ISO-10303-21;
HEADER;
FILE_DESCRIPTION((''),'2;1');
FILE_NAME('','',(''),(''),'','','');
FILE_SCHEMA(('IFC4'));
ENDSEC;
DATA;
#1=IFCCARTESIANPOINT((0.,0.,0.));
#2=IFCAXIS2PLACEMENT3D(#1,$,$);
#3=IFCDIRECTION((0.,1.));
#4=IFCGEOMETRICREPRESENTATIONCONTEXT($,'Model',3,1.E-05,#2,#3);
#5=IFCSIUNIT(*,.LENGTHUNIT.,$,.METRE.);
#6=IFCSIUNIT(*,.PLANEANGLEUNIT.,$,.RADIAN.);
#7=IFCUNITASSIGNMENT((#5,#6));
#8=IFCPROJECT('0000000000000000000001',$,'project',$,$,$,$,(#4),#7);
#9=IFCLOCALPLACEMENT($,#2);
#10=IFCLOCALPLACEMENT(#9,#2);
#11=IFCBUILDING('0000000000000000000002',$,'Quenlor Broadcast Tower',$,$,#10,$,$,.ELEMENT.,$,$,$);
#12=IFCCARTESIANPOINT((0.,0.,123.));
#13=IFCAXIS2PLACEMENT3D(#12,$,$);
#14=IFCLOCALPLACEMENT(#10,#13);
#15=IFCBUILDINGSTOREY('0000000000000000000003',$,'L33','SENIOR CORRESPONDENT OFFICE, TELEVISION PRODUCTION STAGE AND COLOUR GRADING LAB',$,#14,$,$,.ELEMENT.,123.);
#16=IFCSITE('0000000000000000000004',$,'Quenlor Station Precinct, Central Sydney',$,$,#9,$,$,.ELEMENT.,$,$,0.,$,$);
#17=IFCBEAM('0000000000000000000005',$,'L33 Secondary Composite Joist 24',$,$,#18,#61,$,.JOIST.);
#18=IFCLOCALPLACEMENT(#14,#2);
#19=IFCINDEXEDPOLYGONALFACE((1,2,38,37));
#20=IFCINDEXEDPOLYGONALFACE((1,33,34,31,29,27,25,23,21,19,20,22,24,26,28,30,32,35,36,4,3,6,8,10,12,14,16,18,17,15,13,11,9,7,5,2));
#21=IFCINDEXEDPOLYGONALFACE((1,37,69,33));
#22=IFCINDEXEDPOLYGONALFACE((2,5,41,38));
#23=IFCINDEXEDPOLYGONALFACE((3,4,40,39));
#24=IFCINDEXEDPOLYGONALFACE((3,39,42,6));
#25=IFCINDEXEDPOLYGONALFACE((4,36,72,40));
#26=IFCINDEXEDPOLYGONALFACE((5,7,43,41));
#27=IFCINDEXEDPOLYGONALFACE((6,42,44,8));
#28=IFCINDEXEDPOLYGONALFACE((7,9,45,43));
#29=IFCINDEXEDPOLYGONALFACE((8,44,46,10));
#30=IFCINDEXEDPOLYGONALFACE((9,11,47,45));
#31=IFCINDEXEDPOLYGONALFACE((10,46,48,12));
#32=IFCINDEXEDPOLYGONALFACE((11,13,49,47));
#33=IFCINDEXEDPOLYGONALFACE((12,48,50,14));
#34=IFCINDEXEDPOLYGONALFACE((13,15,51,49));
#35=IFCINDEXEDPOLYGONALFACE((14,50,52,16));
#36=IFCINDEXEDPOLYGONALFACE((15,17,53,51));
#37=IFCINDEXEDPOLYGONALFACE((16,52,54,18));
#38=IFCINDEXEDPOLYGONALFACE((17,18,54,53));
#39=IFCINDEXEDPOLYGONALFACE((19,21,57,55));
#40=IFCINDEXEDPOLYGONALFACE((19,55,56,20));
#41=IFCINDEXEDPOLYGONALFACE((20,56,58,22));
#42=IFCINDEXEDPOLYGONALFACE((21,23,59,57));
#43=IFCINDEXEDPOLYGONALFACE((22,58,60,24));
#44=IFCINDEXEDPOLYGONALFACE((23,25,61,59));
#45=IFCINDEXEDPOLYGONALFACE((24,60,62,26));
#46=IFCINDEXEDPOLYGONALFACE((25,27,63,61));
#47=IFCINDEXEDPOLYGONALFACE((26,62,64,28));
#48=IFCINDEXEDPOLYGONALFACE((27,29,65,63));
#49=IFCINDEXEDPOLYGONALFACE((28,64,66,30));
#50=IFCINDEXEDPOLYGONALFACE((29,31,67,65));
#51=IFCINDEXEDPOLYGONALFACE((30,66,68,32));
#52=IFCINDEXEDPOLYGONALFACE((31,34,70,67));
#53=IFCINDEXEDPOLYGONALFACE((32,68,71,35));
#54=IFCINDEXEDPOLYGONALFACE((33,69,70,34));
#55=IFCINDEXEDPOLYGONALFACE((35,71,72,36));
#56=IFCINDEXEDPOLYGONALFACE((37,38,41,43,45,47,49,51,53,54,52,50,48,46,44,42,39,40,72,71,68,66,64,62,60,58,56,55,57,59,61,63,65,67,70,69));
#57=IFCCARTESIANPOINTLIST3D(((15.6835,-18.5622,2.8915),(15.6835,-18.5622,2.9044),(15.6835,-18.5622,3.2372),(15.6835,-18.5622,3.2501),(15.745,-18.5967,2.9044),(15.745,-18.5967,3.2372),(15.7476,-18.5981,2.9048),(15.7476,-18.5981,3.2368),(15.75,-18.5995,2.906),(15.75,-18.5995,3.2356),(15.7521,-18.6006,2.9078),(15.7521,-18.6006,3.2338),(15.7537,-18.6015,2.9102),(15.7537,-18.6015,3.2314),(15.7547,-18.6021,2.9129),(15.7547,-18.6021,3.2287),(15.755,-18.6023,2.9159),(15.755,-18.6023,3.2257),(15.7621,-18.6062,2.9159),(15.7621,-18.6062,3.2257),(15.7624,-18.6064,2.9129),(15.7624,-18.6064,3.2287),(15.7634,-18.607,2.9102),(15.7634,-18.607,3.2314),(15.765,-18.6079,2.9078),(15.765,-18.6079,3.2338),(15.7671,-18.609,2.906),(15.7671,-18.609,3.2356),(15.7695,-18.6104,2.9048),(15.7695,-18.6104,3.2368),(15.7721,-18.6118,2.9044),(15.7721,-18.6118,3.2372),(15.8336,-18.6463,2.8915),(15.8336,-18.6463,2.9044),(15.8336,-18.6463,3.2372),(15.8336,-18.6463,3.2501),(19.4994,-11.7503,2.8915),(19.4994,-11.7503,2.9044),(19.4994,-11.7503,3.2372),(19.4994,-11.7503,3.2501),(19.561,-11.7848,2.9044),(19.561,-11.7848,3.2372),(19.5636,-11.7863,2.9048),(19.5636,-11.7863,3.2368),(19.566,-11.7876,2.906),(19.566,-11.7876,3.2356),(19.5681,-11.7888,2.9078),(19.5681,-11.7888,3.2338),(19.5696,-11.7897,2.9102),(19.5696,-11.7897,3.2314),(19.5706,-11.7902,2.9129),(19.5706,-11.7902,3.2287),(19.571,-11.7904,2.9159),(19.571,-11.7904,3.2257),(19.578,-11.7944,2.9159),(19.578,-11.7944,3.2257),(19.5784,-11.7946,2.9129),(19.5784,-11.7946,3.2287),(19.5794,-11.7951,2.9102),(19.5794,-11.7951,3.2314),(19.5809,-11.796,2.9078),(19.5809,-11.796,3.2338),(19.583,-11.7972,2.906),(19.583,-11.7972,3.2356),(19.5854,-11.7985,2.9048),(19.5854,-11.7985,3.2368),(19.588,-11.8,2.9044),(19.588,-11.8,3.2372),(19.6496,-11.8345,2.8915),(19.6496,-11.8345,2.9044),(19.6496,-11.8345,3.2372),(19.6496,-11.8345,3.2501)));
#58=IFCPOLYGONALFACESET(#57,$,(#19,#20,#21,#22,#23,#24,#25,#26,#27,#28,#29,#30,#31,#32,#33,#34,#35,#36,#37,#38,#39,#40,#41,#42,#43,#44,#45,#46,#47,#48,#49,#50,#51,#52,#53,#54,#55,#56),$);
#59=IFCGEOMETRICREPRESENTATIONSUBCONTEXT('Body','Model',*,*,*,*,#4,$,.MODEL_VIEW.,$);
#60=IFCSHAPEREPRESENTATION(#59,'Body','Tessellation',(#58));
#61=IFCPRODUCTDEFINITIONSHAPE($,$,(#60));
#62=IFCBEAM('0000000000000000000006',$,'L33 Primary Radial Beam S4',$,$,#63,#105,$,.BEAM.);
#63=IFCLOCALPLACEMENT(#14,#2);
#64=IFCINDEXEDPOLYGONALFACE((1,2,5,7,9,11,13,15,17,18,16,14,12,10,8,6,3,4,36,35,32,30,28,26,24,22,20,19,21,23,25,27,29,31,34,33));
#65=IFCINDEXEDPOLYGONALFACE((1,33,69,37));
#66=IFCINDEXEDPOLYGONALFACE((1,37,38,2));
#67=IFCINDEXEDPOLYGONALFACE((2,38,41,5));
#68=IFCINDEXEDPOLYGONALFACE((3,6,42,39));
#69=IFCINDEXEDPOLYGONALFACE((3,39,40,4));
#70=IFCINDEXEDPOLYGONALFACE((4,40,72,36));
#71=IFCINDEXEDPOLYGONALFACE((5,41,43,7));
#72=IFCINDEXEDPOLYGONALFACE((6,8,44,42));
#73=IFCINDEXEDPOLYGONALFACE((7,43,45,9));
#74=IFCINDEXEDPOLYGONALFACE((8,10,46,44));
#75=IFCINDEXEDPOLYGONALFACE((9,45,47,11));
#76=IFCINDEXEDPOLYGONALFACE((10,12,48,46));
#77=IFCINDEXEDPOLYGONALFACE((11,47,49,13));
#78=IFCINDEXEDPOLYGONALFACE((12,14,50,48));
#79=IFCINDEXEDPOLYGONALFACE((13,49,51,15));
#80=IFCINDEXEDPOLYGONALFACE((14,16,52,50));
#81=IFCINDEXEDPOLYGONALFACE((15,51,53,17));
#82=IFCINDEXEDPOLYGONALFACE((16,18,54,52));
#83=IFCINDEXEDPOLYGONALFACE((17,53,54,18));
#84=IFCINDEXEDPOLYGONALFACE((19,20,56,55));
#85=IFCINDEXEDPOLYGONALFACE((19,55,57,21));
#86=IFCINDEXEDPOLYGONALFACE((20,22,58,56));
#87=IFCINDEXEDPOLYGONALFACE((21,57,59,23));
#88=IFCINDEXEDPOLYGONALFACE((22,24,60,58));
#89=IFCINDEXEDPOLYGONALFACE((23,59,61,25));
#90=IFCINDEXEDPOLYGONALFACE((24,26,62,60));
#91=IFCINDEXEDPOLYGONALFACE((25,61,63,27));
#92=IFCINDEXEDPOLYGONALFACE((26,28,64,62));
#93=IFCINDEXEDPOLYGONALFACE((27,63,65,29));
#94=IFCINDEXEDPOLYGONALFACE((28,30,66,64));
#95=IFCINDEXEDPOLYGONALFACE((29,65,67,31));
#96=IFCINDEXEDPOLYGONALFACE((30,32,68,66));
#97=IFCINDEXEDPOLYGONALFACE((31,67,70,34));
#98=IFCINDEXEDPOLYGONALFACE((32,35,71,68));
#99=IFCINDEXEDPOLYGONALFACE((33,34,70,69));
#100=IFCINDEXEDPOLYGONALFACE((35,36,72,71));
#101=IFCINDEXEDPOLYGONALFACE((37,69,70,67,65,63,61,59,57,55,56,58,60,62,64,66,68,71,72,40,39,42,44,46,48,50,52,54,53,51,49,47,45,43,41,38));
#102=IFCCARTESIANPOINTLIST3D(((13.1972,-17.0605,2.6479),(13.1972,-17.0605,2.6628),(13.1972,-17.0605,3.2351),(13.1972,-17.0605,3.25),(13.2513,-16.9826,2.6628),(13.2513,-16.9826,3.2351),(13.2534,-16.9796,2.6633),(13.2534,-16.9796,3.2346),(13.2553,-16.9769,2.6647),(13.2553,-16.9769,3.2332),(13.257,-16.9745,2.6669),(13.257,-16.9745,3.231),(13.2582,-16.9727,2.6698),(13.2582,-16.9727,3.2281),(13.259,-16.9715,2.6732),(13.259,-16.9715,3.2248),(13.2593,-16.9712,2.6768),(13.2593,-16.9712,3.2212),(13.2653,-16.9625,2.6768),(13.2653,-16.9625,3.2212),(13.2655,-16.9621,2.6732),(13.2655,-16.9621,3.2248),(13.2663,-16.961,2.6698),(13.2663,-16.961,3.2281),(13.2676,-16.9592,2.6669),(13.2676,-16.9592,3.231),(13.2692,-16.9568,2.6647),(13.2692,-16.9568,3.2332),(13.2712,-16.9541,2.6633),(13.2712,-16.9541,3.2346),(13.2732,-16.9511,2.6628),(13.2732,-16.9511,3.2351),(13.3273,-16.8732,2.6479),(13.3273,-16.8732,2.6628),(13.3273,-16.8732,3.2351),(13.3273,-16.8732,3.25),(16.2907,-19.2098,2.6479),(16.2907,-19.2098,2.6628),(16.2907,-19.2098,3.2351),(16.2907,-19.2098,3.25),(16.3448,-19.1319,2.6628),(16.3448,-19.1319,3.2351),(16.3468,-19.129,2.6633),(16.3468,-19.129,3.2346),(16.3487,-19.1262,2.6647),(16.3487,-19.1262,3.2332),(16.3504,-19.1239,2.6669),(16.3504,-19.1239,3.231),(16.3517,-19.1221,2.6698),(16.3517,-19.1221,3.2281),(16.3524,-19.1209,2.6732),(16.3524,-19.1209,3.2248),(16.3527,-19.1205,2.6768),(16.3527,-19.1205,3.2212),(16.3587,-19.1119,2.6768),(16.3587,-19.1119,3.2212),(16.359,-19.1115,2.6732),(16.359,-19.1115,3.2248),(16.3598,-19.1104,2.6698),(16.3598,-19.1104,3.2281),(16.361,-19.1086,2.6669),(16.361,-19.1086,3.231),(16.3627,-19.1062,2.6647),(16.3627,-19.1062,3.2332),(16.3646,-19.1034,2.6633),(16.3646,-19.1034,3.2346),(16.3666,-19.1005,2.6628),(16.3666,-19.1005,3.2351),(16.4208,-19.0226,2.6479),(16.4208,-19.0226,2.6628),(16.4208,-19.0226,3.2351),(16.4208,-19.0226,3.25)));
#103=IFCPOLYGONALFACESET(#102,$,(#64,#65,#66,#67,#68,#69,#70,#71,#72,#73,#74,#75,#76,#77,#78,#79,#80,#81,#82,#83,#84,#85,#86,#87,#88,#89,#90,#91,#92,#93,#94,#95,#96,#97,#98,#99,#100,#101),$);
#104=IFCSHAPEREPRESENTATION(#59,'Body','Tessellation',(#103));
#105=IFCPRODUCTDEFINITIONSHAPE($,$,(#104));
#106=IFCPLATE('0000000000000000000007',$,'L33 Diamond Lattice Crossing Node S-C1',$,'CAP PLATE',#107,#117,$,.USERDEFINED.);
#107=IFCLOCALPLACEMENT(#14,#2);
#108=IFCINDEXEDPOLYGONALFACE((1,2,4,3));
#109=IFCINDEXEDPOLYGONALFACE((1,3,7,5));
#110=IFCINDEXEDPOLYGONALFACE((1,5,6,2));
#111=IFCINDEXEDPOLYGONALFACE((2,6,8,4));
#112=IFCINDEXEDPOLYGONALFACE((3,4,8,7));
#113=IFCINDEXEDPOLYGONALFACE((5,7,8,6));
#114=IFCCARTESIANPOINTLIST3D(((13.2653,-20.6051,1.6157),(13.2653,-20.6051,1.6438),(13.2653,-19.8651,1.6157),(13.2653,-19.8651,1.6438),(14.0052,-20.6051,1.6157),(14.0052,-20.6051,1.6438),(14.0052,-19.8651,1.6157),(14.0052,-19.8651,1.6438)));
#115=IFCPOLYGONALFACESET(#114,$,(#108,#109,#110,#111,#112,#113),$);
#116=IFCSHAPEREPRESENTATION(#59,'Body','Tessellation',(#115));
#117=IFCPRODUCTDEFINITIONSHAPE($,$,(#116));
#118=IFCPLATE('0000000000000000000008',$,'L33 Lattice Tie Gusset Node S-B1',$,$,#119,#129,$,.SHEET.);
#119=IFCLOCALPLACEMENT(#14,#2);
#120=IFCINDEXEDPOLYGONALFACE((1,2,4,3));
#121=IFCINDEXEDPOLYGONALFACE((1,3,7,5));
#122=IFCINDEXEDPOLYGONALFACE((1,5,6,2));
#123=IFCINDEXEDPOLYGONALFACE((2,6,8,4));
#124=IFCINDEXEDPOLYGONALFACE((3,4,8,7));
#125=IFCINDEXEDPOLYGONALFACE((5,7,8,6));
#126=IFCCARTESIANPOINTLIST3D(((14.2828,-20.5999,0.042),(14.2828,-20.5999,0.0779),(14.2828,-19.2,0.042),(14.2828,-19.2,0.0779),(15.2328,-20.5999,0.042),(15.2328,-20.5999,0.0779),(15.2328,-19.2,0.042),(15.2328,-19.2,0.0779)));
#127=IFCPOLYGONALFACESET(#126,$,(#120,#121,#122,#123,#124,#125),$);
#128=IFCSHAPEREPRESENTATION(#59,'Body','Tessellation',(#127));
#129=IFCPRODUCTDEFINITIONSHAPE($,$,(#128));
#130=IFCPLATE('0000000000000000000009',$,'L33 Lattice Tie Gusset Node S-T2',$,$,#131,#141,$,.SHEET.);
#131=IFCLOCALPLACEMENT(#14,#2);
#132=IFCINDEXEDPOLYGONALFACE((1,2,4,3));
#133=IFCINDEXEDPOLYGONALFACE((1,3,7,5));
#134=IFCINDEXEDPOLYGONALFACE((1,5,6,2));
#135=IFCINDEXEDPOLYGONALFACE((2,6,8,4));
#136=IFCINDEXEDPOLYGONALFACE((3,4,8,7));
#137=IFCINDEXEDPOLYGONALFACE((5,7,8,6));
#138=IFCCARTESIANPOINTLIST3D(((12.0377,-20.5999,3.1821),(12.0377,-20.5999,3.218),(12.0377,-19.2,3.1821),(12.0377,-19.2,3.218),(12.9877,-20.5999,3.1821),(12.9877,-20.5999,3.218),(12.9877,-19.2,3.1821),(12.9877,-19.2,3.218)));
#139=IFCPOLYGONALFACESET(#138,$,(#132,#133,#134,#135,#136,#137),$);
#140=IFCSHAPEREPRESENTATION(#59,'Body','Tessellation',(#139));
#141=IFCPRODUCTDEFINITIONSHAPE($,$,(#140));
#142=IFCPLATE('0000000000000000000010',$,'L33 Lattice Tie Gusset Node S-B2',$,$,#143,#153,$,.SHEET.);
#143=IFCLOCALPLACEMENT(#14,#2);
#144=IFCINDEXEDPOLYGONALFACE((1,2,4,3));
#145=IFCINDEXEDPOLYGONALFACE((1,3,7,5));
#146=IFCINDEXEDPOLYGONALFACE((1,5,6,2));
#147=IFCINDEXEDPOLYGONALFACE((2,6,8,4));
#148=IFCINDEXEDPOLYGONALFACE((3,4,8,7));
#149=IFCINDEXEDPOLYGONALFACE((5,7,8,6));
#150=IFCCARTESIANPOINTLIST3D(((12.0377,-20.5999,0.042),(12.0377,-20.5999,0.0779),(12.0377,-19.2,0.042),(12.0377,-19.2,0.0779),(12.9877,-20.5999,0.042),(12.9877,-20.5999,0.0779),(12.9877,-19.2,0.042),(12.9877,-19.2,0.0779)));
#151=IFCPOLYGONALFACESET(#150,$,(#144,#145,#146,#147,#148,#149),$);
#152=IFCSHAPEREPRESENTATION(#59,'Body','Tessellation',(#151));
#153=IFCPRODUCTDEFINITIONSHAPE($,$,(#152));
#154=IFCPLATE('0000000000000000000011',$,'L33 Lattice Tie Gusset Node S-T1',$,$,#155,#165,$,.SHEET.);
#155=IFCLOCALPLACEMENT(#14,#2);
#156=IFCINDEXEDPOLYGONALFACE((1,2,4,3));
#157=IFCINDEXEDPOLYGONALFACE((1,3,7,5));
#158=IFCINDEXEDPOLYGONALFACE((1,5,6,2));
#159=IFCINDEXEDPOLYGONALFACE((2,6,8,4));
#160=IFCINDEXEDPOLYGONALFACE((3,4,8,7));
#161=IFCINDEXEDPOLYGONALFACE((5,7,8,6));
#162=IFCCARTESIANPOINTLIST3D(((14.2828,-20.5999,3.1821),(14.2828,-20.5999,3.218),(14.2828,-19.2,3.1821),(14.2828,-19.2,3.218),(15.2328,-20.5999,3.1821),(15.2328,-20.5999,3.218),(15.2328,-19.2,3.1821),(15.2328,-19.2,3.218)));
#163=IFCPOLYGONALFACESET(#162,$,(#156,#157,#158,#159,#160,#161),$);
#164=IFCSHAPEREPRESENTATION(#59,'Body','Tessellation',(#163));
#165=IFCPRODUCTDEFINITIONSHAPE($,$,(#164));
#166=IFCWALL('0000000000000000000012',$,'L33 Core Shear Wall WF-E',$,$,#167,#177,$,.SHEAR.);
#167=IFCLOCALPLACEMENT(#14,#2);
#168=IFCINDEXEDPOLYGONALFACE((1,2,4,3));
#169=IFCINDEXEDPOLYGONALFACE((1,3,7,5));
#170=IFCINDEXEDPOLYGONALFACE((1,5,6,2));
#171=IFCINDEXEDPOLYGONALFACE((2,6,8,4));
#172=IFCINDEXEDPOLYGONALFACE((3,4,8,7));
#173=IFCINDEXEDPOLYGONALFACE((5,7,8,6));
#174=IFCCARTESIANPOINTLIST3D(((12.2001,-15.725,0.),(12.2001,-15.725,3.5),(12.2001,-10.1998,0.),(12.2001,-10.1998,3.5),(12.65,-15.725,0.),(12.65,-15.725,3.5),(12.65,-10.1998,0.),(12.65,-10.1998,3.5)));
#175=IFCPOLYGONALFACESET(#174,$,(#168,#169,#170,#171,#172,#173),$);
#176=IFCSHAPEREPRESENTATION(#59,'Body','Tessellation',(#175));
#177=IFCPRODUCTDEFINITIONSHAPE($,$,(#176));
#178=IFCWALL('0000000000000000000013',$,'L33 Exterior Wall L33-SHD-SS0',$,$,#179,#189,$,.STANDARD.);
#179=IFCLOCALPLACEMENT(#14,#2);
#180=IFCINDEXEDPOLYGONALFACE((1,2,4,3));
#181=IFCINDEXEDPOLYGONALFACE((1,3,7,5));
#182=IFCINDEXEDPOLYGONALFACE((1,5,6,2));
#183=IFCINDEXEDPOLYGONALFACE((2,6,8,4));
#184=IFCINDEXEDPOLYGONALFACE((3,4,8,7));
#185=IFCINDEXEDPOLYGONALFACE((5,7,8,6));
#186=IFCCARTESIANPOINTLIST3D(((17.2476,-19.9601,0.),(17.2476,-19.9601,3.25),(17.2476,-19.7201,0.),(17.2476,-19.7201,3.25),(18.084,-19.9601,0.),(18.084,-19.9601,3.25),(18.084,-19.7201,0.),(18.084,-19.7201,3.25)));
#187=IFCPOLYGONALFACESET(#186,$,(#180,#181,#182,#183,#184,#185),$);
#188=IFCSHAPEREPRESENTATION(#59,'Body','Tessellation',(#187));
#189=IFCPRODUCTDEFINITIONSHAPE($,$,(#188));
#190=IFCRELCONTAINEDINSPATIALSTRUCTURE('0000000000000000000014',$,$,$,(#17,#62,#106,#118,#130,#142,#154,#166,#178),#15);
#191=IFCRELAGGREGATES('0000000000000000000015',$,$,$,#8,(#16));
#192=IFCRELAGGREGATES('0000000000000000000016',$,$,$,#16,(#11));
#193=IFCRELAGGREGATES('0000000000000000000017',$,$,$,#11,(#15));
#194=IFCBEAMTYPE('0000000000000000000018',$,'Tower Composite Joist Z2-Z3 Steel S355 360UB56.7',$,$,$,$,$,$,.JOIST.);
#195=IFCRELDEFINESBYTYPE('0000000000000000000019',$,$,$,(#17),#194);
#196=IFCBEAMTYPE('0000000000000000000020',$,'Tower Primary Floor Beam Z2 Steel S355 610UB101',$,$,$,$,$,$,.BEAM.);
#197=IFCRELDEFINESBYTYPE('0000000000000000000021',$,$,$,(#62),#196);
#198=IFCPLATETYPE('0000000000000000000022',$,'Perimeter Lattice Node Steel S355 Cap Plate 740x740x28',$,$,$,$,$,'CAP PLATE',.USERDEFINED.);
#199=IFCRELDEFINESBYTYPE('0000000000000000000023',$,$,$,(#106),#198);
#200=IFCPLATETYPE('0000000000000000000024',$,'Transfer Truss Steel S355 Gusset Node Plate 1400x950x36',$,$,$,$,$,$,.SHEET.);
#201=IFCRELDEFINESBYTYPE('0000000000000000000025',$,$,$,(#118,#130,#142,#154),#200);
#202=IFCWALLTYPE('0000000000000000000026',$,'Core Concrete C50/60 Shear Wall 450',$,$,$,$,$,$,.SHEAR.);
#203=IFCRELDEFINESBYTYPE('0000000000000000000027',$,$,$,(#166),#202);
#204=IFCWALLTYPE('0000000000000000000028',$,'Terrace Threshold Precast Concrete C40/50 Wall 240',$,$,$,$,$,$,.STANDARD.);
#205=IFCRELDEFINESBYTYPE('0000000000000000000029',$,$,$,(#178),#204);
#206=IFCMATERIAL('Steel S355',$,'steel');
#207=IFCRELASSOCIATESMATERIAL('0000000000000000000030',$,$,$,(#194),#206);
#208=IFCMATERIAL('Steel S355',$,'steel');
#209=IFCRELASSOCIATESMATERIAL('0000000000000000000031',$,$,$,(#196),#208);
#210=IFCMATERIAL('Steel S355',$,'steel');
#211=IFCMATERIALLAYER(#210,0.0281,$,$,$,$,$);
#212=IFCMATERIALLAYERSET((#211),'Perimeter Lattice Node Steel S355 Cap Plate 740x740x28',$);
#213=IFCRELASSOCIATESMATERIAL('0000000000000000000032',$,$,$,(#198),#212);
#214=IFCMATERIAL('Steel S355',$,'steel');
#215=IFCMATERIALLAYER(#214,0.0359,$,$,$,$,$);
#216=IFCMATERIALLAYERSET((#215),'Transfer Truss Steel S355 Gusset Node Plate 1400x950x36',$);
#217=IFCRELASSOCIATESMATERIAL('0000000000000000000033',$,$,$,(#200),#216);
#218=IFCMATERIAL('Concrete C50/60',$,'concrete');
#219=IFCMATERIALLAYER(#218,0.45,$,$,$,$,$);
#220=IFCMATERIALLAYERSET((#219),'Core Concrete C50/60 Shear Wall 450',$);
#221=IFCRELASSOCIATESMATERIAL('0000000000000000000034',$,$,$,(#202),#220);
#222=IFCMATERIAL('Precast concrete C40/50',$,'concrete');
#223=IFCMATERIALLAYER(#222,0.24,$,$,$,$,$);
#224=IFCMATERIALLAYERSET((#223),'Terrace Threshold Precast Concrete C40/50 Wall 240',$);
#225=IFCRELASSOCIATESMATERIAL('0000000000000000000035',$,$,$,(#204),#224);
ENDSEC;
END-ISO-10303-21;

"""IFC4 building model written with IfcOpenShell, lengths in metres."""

from ifc_helpers import new_model, si_unit, direction, frame, frame_2d, origin, origin_2d, place, context, subcontext, project, spatial, rectangle, i_section, extrude, material, layer, layer_set, material_profile, profile_set, type_object, element, save


model = new_model("IFC4")

# Units and contexts
model_context = context("Model", 3, precision=1e-05, world=origin(), true_north=direction((0.0, 1.0)))
body_context = subcontext(model_context, "Body", "Model", "MODEL_VIEW")
ifc_project = project(units=[si_unit("LENGTHUNIT", "METRE"), si_unit("PLANEANGLEUNIT", "RADIAN")], contexts=[model_context])

# Site, building, storey
site_placement = place(None, origin())
site = spatial("IfcSite", under=ifc_project, at=site_placement, Name="Quenlor Station Precinct, Central Sydney", CompositionType="ELEMENT", RefElevation=0.0)
building_placement = place(site_placement, origin())
building = spatial("IfcBuilding", under=site, at=building_placement, Name="Quenlor Broadcast Tower", CompositionType="ELEMENT")
storey_placement = place(building_placement, frame((0.0, 0.0, 123.0)))
storey = spatial("IfcBuildingStorey", under=building, at=storey_placement, Name="L33", Description="SENIOR CORRESPONDENT OFFICE, TELEVISION PRODUCTION STAGE AND COLOUR GRADING LAB", CompositionType="ELEMENT", Elevation=123.0)

# Beams
ifc_material_1 = material(Name="Steel S355", Category="steel")
ifc_material_profile_1 = material_profile(ifc_material_1, i_section(OverallWidth=0.1721, OverallDepth=0.3586, WebThickness=0.0081, FlangeThickness=0.0129, FilletRadius=0.0115, at=origin_2d()))
ifc_profile_set_1 = profile_set([ifc_material_profile_1], Name="Steel S355 360UB56.7")
beam_type_1 = type_object("IfcBeamType", Name="Tower Composite Joist Z2-Z3 Steel S355 360UB56.7", PredefinedType="JOIST", material=ifc_profile_set_1)
beam_1_placement = place(storey_placement, frame((15.7585, -18.6042, 3.0708), z_axis=(0.488733, 0.872433, 0.0), x_axis=(-0.872433, 0.488733, 0.0)))
element("IfcBeam", 1, at=beam_1_placement, inside=storey, type_object=beam_type_1, Name="L33 Secondary Composite Joist 24", PredefinedType="JOIST", context=body_context, shape_type="SweptSolid", body=[
    extrude(i_section(OverallWidth=0.1721, OverallDepth=0.3586, WebThickness=0.0081, FlangeThickness=0.0129, FilletRadius=0.0115, at=origin_2d()), origin(), (0.0, 0.0, 1.0), 7.8079),
])
ifc_material_2 = material(Name="Steel S355", Category="steel")
ifc_material_profile_2 = material_profile(ifc_material_2, i_section(OverallWidth=0.228, OverallDepth=0.6021, WebThickness=0.0105, FlangeThickness=0.0149, FilletRadius=0.0139, at=origin_2d()))
ifc_profile_set_2 = profile_set([ifc_material_profile_2], Name="Steel S355 610UB101")
beam_type_2 = type_object("IfcBeamType", Name="Tower Primary Floor Beam Z2 Steel S355 610UB101", PredefinedType="BEAM", material=ifc_profile_set_2)
beam_2_placement = place(storey_placement, frame((16.3557, -19.1162, 2.949), z_axis=(-0.821227, 0.570601, 0.0), x_axis=(-0.570601, -0.821227, 0.0)))
element("IfcBeam", 2, at=beam_2_placement, inside=storey, type_object=beam_type_2, Name="L33 Primary Radial Beam S4", PredefinedType="BEAM", context=body_context, shape_type="SweptSolid", body=[
    extrude(i_section(OverallWidth=0.228, OverallDepth=0.6021, WebThickness=0.0105, FlangeThickness=0.0149, FilletRadius=0.0139, at=origin_2d()), origin(), (0.0, 0.0, 1.0), 3.7668),
])

# Plates
ifc_material_3 = material(Name="Steel S355", Category="steel")
ifc_layer_1 = layer(ifc_material_3, 0.0281)
ifc_layer_set_1 = layer_set([ifc_layer_1], Name="Perimeter Lattice Node Steel S355 Cap Plate 740x740x28")
plate_type_1 = type_object("IfcPlateType", Name="Perimeter Lattice Node Steel S355 Cap Plate 740x740x28", ElementType="CAP PLATE", PredefinedType="USERDEFINED", material=ifc_layer_set_1)
plate_placement = place(storey_placement, frame((13.6353, -20.2351, 1.6157), z_axis=(0.0, 0.0, 1.0), x_axis=(-1.0, 0.0, 0.0)))
element("IfcPlate", 3, at=plate_placement, inside=storey, type_object=plate_type_1, Name="L33 Diamond Lattice Crossing Node S-C1", ObjectType="CAP PLATE", PredefinedType="USERDEFINED", context=body_context, shape_type="SweptSolid", body=[
    extrude(rectangle(XDim=0.74, YDim=0.74, at=origin_2d()), origin(), (0.0, 0.0, 1.0), 0.0281),
])
ifc_material_4 = material(Name="Steel S355", Category="steel")
ifc_layer_2 = layer(ifc_material_4, 0.0359)
ifc_layer_set_2 = layer_set([ifc_layer_2], Name="Transfer Truss Steel S355 Gusset Node Plate 1400x950x36")
plate_type_2 = type_object("IfcPlateType", Name="Transfer Truss Steel S355 Gusset Node Plate 1400x950x36", PredefinedType="SHEET", material=ifc_layer_set_2)
for number, where, z_axis, x_axis, name in (
    (4, (14.7578, -19.8999, 0.042), (0.0, 0.0, 1.0), (0.0, -1.0, 0.0), "L33 Lattice Tie Gusset Node S-B1"),
    (5, (12.5127, -19.8999, 3.1821), (0.0, 0.0, 1.0), (0.0, -1.0, 0.0), "L33 Lattice Tie Gusset Node S-T2"),
    (6, (12.5127, -19.8999, 0.042), (0.0, 0.0, 1.0), (0.0, -1.0, 0.0), "L33 Lattice Tie Gusset Node S-B2"),
    (7, (14.7578, -19.8999, 3.1821), (0.0, 0.0, 1.0), (0.0, -1.0, 0.0), "L33 Lattice Tie Gusset Node S-T1"),
):
    element("IfcPlate", number, at=place(storey_placement, frame(where, z_axis=z_axis, x_axis=x_axis)), inside=storey, type_object=plate_type_2, Name=name, PredefinedType="SHEET", context=body_context, shape_type="SweptSolid", body=[
        extrude(rectangle(XDim=1.3999, YDim=0.95, at=origin_2d()), origin(), (0.0, 0.0, 1.0), 0.0359),
    ])

# Walls
ifc_material_5 = material(Name="Concrete C50/60", Category="concrete")
ifc_layer_3 = layer(ifc_material_5, 0.45)
ifc_layer_set_3 = layer_set([ifc_layer_3], Name="Core Concrete C50/60 Shear Wall 450")
wall_type_1 = type_object("IfcWallType", Name="Core Concrete C50/60 Shear Wall 450", PredefinedType="SHEAR", material=ifc_layer_set_3)
wall_1_placement = place(storey_placement, frame((12.425, -15.7251, 0.0), z_axis=(0.0, 0.0, 1.0), x_axis=(0.0, 1.0, 0.0)))
element("IfcWall", 8, at=wall_1_placement, inside=storey, type_object=wall_type_1, Name="L33 Core Shear Wall WF-E", PredefinedType="SHEAR", context=body_context, shape_type="SweptSolid", body=[
    extrude(rectangle(XDim=5.5251, YDim=0.45, at=frame_2d((2.7627, 0.0))), origin(), (0.0, 0.0, 1.0), 3.5),
])
ifc_material_6 = material(Name="Precast concrete C40/50", Category="concrete")
ifc_layer_4 = layer(ifc_material_6, 0.24)
ifc_layer_set_4 = layer_set([ifc_layer_4], Name="Terrace Threshold Precast Concrete C40/50 Wall 240")
wall_type_2 = type_object("IfcWallType", Name="Terrace Threshold Precast Concrete C40/50 Wall 240", PredefinedType="STANDARD", material=ifc_layer_set_4)
wall_2_placement = place(storey_placement, frame((18.084, -19.8401, 0.0), z_axis=(0.0, 0.0, 1.0), x_axis=(-1.0, 0.0, 0.0)))
element("IfcWall", 9, at=wall_2_placement, inside=storey, type_object=wall_type_2, Name="L33 Exterior Wall L33-SHD-SS0", PredefinedType="STANDARD", context=body_context, shape_type="SweptSolid", body=[
    extrude(rectangle(XDim=0.8364, YDim=0.24, at=frame_2d((0.4182, 0.0))), origin(), (0.0, 0.0, 1.0), 3.25),
])

save(model, "model.ifc")
